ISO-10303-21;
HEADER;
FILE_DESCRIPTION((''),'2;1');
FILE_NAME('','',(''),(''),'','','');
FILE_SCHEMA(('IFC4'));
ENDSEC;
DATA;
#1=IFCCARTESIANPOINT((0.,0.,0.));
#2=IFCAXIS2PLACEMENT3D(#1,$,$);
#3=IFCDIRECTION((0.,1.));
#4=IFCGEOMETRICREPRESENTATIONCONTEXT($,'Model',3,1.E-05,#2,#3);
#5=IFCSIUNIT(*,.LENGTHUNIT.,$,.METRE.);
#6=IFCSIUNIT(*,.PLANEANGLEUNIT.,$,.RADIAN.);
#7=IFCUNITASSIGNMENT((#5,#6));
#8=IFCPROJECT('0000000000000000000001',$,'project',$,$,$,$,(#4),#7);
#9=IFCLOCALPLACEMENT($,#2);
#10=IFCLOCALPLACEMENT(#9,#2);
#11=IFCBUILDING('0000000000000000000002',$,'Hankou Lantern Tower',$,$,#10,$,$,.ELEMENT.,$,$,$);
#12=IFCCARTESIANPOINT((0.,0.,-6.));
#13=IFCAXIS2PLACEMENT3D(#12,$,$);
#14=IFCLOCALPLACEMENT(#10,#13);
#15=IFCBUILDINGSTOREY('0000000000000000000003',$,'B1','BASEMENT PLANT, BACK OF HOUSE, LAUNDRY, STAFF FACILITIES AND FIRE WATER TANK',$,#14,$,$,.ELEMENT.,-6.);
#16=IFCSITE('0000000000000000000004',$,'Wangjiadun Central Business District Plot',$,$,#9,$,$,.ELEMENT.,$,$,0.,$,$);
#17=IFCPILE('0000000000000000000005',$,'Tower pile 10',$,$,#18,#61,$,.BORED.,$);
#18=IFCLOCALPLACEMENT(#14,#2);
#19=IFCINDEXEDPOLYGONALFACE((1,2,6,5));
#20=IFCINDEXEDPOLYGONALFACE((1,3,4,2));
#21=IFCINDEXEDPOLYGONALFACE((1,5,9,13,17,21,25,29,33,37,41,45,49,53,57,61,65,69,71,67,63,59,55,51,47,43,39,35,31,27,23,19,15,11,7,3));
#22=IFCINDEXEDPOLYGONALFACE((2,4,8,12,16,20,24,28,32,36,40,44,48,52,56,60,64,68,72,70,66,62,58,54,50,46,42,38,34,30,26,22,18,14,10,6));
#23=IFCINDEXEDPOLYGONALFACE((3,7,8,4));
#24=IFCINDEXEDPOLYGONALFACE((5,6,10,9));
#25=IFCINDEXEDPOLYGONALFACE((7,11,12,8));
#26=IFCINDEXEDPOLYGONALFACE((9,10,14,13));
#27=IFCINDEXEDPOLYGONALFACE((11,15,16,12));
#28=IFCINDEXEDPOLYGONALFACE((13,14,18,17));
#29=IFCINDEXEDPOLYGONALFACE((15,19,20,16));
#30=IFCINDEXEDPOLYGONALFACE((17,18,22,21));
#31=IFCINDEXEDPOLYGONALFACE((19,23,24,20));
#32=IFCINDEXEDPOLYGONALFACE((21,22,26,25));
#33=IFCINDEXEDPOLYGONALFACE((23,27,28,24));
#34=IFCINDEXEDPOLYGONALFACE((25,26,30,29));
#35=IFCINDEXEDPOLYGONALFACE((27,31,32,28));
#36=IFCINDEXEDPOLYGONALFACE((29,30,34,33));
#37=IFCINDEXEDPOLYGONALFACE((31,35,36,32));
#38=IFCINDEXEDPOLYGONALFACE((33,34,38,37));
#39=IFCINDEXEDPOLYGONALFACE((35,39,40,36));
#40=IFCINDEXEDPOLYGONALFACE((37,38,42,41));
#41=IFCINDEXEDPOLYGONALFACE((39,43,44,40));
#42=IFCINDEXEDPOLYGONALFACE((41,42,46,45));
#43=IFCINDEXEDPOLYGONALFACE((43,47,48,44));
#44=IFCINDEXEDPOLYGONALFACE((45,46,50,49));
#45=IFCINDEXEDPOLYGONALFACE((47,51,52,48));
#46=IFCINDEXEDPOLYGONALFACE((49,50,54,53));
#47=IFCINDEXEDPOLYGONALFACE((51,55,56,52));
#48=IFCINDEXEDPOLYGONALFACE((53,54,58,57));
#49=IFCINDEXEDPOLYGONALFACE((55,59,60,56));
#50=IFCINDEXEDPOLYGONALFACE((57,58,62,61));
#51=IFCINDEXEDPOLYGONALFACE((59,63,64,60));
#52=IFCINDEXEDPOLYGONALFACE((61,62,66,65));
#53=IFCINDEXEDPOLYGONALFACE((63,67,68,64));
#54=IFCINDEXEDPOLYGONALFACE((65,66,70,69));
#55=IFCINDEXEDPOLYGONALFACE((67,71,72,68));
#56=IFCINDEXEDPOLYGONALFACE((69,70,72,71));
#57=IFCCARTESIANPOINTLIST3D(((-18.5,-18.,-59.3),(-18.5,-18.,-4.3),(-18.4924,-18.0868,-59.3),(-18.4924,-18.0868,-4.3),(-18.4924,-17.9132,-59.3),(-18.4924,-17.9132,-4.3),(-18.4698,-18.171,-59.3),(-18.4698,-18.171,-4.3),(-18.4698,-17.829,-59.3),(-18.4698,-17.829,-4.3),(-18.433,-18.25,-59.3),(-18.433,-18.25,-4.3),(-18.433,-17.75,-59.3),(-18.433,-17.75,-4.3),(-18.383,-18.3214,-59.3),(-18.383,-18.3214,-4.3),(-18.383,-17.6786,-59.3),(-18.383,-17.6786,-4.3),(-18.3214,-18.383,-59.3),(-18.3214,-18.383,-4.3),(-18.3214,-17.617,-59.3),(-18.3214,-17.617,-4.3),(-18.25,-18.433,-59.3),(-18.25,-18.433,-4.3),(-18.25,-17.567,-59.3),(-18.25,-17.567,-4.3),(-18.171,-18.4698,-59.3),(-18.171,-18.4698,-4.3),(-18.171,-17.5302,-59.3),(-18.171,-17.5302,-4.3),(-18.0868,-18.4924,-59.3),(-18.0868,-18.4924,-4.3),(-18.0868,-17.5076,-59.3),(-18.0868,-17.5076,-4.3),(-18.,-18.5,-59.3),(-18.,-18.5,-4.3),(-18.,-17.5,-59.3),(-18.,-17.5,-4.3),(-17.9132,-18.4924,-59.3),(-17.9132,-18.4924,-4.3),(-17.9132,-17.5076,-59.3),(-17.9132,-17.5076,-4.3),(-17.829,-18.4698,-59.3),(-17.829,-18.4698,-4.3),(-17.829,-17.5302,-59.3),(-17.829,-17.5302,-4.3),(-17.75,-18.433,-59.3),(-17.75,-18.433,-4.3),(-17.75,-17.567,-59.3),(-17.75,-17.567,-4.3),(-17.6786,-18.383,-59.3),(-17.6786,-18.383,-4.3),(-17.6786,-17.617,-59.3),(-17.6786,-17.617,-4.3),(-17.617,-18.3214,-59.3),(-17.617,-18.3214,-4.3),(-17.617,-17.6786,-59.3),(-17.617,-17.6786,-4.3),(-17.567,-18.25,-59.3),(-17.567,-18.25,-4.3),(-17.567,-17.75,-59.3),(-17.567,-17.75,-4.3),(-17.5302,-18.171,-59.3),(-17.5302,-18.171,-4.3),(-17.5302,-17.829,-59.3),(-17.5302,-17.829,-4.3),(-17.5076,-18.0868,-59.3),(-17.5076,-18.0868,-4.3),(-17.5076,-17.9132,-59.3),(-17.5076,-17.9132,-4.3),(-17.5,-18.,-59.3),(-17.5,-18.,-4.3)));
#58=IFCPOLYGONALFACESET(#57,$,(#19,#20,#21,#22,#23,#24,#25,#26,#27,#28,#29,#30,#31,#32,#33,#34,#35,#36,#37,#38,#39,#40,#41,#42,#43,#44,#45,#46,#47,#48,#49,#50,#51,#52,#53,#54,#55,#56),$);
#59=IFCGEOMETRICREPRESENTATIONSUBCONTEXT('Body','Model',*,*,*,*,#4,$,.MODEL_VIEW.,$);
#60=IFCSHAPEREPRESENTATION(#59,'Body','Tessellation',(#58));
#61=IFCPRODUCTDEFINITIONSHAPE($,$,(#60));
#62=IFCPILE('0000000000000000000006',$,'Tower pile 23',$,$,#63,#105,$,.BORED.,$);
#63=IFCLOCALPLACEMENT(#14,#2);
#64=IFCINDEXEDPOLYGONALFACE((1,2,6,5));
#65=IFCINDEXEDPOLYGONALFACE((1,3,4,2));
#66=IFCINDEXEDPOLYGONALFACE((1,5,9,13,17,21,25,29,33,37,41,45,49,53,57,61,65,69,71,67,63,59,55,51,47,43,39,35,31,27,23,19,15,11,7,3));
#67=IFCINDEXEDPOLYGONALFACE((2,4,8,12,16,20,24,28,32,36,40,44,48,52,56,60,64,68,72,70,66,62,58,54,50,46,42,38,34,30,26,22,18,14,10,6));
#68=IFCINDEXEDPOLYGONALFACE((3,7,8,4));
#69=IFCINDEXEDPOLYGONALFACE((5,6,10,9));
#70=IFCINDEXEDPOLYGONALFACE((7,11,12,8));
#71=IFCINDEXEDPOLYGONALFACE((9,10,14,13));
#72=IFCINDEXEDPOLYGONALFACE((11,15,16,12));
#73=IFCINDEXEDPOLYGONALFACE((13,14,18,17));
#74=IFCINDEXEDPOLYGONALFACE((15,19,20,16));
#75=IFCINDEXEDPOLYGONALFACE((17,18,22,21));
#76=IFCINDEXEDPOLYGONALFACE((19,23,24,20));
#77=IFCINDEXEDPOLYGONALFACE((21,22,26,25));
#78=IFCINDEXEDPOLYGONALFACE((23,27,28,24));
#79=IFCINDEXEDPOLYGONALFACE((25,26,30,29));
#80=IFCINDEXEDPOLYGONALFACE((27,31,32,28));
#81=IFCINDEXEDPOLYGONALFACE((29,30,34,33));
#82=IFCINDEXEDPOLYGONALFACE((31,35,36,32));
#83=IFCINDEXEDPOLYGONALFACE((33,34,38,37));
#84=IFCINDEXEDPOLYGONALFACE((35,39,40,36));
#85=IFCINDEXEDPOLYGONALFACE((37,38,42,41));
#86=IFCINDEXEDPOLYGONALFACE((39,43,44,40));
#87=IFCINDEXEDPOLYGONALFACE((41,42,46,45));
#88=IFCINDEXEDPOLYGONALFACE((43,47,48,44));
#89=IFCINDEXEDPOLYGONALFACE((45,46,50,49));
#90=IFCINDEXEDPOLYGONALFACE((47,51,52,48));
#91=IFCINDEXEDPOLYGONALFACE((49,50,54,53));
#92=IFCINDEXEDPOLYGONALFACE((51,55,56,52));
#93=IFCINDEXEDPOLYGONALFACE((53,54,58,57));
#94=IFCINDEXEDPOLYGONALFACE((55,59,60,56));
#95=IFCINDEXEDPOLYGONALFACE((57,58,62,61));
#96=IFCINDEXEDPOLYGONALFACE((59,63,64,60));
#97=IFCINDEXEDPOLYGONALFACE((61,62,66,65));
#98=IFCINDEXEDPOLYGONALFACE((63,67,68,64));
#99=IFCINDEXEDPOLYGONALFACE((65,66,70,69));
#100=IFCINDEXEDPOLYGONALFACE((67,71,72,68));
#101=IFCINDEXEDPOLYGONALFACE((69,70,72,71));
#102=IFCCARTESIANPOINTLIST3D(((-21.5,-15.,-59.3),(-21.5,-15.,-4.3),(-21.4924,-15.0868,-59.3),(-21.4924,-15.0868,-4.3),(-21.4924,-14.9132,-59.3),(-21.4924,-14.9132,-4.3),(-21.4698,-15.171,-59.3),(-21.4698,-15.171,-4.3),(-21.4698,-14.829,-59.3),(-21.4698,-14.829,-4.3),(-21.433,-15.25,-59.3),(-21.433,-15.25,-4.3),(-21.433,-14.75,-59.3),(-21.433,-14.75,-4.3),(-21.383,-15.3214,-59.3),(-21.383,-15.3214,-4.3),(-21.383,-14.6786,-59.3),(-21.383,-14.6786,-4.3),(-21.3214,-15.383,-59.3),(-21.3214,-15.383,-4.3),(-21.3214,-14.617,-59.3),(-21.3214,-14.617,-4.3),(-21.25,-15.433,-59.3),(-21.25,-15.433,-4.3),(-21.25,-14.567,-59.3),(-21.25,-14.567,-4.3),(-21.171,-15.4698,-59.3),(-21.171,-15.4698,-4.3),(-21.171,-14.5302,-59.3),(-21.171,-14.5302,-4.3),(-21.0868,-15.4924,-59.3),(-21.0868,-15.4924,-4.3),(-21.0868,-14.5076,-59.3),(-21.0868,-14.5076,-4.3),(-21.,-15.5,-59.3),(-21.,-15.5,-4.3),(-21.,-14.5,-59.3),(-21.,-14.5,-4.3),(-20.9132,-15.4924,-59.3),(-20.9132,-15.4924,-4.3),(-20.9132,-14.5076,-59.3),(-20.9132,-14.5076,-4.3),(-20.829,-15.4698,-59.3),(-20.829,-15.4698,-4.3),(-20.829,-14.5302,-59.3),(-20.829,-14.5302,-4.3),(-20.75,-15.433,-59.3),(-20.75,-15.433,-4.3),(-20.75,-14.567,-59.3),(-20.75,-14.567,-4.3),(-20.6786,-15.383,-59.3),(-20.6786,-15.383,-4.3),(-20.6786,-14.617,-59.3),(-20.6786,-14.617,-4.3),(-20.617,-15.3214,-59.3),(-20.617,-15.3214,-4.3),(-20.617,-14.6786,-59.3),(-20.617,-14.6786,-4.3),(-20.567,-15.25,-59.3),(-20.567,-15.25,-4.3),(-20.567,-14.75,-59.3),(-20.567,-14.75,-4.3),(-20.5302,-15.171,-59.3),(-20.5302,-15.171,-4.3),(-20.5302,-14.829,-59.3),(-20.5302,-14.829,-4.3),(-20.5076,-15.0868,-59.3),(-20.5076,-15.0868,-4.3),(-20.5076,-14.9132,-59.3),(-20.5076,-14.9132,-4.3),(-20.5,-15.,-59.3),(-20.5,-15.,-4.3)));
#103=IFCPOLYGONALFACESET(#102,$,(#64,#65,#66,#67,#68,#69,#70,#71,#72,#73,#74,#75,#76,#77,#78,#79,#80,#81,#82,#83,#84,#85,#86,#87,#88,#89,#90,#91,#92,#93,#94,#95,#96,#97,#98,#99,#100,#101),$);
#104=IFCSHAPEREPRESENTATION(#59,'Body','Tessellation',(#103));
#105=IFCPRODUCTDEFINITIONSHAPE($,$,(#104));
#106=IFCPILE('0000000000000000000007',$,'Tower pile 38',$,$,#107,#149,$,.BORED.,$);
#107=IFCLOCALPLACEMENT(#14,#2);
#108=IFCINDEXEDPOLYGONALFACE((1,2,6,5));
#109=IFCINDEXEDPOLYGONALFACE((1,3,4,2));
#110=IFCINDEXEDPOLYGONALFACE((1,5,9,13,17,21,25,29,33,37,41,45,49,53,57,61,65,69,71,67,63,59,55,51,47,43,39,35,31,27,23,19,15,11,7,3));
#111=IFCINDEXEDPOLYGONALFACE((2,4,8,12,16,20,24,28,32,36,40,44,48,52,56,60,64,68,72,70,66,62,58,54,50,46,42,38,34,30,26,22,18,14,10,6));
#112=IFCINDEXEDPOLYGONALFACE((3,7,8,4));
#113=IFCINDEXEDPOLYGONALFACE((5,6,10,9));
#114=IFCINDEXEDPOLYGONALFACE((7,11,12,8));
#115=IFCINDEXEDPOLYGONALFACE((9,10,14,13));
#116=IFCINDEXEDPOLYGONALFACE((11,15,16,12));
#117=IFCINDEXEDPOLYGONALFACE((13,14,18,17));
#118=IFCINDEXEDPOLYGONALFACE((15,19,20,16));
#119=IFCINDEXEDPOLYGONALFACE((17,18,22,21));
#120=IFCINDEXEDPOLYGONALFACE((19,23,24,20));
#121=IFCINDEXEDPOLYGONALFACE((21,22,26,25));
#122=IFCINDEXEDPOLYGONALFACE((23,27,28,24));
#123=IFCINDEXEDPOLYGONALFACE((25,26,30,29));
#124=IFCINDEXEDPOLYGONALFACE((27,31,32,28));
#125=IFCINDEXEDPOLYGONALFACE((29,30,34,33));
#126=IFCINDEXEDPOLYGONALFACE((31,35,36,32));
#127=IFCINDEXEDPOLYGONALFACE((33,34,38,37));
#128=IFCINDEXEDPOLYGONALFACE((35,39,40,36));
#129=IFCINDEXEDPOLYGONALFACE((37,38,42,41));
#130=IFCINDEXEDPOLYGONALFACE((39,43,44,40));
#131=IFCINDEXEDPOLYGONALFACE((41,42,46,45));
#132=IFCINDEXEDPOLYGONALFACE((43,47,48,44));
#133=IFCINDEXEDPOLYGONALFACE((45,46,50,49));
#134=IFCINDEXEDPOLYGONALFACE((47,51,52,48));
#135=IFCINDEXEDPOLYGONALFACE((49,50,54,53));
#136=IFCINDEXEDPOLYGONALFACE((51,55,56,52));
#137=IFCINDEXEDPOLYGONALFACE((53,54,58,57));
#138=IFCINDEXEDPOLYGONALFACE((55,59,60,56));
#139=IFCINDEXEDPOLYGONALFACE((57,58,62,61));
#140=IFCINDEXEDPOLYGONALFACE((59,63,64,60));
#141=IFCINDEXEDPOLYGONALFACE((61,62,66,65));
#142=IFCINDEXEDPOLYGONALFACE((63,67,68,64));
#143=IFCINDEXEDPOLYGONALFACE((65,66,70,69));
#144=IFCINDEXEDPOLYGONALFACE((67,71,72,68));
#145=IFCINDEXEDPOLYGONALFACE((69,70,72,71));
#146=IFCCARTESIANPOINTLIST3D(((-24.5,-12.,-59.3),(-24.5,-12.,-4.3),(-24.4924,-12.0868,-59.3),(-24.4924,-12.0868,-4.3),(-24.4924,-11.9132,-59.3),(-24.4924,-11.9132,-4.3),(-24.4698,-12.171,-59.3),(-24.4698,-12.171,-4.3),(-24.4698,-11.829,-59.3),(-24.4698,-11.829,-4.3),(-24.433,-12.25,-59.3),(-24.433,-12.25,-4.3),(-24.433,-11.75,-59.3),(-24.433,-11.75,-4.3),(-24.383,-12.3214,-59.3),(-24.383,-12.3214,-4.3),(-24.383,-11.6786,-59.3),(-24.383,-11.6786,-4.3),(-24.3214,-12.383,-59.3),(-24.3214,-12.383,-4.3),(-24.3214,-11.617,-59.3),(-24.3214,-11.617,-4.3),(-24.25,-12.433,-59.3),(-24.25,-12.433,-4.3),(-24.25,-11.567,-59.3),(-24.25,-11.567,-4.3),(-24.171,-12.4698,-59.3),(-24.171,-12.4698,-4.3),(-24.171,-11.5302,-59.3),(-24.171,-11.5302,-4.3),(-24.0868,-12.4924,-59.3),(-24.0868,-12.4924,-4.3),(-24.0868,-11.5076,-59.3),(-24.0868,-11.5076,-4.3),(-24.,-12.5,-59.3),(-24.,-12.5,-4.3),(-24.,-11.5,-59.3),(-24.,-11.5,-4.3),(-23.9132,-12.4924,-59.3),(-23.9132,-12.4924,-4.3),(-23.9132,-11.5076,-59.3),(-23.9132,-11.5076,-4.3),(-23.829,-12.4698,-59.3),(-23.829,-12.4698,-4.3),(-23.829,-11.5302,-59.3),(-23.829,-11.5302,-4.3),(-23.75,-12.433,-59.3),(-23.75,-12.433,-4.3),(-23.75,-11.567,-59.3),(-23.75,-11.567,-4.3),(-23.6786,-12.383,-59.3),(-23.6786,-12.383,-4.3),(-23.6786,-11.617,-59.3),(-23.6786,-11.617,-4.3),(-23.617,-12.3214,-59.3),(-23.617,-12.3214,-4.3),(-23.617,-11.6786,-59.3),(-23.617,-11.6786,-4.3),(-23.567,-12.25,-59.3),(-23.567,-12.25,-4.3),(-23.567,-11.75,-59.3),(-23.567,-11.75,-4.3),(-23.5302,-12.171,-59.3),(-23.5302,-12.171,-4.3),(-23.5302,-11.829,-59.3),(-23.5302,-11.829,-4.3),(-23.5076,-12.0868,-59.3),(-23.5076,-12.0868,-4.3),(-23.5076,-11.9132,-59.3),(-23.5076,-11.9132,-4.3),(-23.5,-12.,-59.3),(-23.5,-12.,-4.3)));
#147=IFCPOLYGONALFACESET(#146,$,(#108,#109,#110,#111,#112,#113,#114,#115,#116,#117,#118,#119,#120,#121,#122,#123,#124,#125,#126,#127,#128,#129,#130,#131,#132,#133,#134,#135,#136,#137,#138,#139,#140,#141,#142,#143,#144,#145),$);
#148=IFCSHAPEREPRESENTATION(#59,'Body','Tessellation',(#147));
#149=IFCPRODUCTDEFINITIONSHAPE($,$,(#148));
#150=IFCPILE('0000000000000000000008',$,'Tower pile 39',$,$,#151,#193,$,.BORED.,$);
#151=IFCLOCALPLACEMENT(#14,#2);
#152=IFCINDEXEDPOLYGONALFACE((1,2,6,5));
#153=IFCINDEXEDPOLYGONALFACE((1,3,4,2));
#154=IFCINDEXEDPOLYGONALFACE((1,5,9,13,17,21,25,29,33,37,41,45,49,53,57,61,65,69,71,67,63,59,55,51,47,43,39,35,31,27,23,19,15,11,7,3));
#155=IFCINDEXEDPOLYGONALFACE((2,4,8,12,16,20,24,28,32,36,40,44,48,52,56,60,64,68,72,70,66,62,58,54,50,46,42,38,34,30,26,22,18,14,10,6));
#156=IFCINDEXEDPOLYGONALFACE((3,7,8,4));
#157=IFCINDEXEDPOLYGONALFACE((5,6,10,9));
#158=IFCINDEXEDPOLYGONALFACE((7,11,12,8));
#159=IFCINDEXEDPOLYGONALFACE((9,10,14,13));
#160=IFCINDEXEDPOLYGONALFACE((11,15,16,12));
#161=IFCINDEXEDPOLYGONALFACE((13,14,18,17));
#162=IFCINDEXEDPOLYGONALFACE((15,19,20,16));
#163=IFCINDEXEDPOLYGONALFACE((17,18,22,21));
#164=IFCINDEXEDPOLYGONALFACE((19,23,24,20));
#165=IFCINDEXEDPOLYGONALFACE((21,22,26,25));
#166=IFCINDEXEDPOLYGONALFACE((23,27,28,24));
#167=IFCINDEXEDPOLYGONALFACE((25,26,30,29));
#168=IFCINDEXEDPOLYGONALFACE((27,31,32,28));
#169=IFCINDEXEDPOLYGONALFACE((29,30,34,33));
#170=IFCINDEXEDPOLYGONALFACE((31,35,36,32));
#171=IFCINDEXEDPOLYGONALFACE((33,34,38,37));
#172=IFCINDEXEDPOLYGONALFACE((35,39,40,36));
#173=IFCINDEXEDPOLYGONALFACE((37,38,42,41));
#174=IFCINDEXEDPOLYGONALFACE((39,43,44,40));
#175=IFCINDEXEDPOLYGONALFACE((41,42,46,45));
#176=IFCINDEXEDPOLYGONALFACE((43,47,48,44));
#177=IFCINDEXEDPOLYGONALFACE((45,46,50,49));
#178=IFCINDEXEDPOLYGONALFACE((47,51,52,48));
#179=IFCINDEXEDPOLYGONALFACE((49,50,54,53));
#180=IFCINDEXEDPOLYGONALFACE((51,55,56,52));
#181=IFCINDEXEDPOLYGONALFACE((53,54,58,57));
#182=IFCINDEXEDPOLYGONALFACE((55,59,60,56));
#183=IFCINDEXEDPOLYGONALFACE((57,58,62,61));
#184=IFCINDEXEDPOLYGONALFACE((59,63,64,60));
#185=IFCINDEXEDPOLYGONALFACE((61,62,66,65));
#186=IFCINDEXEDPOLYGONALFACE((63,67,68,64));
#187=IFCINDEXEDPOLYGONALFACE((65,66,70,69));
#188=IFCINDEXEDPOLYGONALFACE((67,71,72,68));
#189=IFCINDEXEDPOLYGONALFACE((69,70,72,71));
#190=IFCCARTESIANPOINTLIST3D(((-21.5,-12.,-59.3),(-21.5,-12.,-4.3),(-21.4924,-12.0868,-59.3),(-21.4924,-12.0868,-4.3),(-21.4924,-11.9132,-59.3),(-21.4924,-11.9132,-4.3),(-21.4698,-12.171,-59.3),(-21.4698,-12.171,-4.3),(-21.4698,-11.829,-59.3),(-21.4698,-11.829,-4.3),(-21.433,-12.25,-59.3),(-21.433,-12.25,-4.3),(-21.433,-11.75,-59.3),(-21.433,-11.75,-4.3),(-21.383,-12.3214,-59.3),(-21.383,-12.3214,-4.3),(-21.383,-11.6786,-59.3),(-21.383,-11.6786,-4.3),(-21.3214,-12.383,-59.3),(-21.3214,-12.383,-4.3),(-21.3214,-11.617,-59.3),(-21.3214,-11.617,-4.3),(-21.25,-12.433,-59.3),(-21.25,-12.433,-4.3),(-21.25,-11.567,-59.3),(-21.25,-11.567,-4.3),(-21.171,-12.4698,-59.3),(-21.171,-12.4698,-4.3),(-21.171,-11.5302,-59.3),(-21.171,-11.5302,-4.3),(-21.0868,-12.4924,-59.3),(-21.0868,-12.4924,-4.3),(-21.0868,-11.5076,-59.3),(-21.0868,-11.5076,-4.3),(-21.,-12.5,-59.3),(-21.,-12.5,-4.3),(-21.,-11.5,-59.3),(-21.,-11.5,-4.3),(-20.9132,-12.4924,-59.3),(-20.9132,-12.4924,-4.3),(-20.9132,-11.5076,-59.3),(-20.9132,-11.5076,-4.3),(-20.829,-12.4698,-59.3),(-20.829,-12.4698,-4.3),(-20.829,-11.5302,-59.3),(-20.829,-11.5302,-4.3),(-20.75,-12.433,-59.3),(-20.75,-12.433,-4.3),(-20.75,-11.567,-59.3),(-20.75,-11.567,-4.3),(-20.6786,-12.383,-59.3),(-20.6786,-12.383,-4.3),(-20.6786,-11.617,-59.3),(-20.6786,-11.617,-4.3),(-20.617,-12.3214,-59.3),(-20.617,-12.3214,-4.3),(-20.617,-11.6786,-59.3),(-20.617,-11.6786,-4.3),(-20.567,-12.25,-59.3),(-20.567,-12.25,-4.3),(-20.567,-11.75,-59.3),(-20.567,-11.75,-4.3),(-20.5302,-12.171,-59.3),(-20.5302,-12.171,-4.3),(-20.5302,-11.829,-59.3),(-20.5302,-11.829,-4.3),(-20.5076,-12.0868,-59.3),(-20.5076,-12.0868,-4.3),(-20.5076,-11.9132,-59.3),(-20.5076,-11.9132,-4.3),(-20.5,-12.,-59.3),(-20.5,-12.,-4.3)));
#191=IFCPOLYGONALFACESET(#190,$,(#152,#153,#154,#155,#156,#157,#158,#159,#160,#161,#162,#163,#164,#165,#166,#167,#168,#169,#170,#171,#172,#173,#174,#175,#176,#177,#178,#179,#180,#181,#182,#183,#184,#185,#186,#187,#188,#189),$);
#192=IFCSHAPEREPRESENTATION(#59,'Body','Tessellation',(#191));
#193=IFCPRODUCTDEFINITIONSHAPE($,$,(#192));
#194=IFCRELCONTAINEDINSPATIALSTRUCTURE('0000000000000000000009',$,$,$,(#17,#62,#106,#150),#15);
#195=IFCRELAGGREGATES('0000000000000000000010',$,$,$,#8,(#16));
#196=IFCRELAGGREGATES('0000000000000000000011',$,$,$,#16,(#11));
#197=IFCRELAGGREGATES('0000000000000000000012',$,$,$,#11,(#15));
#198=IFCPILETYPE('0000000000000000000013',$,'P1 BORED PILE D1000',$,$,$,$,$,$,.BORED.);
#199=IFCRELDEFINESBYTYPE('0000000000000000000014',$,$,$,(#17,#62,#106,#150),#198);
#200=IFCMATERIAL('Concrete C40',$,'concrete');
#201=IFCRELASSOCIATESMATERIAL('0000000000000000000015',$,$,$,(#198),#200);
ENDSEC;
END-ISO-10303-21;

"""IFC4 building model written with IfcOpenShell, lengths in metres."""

from ifc_helpers import new_model, si_unit, direction, frame, origin, origin_2d, place, context, subcontext, project, spatial, circle, extrude, material, material_profile, profile_set, type_object, element, save


model = new_model("IFC4")

# Units and contexts
model_context = context("Model", 3, precision=1e-05, world=origin(), true_north=direction((0.0, 1.0)))
body_context = subcontext(model_context, "Body", "Model", "MODEL_VIEW")
ifc_project = project(units=[si_unit("LENGTHUNIT", "METRE"), si_unit("PLANEANGLEUNIT", "RADIAN")], contexts=[model_context])

# Site, building, storey
site_placement = place(None, origin())
site = spatial("IfcSite", under=ifc_project, at=site_placement, Name="Wangjiadun Central Business District Plot", CompositionType="ELEMENT", RefElevation=0.0)
building_placement = place(site_placement, origin())
building = spatial("IfcBuilding", under=site, at=building_placement, Name="Hankou Lantern Tower", CompositionType="ELEMENT")
storey_placement = place(building_placement, frame((0.0, 0.0, -6.0)))
storey = spatial("IfcBuildingStorey", under=building, at=storey_placement, Name="B1", Description="BASEMENT PLANT, BACK OF HOUSE, LAUNDRY, STAFF FACILITIES AND FIRE WATER TANK", CompositionType="ELEMENT", Elevation=-6.0)

# Piles
ifc_material_1 = material(Name="Concrete C40", Category="concrete")
ifc_material_profile_1 = material_profile(ifc_material_1, circle(Radius=0.5, at=origin_2d()), Name="RC D1000")
ifc_profile_set_1 = profile_set([ifc_material_profile_1], Name="Concrete C40")
pile_type_1 = type_object("IfcPileType", Name="P1 BORED PILE D1000", PredefinedType="BORED", material=ifc_profile_set_1)
for number, where, z_axis, x_axis, name in (
    (1, (-18.0, -18.0, -4.3), (0.0, 0.0, -1.0), (1.0, 0.0, 0.0), "Tower pile 10"),
    (2, (-21.0, -15.0, -4.3), (0.0, 0.0, -1.0), (1.0, 0.0, 0.0), "Tower pile 23"),
    (3, (-24.0, -12.0, -4.3), (0.0, 0.0, -1.0), (1.0, 0.0, 0.0), "Tower pile 38"),
    (4, (-21.0, -12.0, -4.3), (0.0, 0.0, -1.0), (1.0, 0.0, 0.0), "Tower pile 39"),
):
    element("IfcPile", number, at=place(storey_placement, frame(where, z_axis=z_axis, x_axis=x_axis)), inside=storey, type_object=pile_type_1, Name=name, PredefinedType="BORED", context=body_context, shape_type="SweptSolid", body=[
        extrude(circle(Radius=0.5, at=origin_2d()), origin(), (0.0, 0.0, 1.0), 55.0),
    ])

save(model, "model.ifc")
